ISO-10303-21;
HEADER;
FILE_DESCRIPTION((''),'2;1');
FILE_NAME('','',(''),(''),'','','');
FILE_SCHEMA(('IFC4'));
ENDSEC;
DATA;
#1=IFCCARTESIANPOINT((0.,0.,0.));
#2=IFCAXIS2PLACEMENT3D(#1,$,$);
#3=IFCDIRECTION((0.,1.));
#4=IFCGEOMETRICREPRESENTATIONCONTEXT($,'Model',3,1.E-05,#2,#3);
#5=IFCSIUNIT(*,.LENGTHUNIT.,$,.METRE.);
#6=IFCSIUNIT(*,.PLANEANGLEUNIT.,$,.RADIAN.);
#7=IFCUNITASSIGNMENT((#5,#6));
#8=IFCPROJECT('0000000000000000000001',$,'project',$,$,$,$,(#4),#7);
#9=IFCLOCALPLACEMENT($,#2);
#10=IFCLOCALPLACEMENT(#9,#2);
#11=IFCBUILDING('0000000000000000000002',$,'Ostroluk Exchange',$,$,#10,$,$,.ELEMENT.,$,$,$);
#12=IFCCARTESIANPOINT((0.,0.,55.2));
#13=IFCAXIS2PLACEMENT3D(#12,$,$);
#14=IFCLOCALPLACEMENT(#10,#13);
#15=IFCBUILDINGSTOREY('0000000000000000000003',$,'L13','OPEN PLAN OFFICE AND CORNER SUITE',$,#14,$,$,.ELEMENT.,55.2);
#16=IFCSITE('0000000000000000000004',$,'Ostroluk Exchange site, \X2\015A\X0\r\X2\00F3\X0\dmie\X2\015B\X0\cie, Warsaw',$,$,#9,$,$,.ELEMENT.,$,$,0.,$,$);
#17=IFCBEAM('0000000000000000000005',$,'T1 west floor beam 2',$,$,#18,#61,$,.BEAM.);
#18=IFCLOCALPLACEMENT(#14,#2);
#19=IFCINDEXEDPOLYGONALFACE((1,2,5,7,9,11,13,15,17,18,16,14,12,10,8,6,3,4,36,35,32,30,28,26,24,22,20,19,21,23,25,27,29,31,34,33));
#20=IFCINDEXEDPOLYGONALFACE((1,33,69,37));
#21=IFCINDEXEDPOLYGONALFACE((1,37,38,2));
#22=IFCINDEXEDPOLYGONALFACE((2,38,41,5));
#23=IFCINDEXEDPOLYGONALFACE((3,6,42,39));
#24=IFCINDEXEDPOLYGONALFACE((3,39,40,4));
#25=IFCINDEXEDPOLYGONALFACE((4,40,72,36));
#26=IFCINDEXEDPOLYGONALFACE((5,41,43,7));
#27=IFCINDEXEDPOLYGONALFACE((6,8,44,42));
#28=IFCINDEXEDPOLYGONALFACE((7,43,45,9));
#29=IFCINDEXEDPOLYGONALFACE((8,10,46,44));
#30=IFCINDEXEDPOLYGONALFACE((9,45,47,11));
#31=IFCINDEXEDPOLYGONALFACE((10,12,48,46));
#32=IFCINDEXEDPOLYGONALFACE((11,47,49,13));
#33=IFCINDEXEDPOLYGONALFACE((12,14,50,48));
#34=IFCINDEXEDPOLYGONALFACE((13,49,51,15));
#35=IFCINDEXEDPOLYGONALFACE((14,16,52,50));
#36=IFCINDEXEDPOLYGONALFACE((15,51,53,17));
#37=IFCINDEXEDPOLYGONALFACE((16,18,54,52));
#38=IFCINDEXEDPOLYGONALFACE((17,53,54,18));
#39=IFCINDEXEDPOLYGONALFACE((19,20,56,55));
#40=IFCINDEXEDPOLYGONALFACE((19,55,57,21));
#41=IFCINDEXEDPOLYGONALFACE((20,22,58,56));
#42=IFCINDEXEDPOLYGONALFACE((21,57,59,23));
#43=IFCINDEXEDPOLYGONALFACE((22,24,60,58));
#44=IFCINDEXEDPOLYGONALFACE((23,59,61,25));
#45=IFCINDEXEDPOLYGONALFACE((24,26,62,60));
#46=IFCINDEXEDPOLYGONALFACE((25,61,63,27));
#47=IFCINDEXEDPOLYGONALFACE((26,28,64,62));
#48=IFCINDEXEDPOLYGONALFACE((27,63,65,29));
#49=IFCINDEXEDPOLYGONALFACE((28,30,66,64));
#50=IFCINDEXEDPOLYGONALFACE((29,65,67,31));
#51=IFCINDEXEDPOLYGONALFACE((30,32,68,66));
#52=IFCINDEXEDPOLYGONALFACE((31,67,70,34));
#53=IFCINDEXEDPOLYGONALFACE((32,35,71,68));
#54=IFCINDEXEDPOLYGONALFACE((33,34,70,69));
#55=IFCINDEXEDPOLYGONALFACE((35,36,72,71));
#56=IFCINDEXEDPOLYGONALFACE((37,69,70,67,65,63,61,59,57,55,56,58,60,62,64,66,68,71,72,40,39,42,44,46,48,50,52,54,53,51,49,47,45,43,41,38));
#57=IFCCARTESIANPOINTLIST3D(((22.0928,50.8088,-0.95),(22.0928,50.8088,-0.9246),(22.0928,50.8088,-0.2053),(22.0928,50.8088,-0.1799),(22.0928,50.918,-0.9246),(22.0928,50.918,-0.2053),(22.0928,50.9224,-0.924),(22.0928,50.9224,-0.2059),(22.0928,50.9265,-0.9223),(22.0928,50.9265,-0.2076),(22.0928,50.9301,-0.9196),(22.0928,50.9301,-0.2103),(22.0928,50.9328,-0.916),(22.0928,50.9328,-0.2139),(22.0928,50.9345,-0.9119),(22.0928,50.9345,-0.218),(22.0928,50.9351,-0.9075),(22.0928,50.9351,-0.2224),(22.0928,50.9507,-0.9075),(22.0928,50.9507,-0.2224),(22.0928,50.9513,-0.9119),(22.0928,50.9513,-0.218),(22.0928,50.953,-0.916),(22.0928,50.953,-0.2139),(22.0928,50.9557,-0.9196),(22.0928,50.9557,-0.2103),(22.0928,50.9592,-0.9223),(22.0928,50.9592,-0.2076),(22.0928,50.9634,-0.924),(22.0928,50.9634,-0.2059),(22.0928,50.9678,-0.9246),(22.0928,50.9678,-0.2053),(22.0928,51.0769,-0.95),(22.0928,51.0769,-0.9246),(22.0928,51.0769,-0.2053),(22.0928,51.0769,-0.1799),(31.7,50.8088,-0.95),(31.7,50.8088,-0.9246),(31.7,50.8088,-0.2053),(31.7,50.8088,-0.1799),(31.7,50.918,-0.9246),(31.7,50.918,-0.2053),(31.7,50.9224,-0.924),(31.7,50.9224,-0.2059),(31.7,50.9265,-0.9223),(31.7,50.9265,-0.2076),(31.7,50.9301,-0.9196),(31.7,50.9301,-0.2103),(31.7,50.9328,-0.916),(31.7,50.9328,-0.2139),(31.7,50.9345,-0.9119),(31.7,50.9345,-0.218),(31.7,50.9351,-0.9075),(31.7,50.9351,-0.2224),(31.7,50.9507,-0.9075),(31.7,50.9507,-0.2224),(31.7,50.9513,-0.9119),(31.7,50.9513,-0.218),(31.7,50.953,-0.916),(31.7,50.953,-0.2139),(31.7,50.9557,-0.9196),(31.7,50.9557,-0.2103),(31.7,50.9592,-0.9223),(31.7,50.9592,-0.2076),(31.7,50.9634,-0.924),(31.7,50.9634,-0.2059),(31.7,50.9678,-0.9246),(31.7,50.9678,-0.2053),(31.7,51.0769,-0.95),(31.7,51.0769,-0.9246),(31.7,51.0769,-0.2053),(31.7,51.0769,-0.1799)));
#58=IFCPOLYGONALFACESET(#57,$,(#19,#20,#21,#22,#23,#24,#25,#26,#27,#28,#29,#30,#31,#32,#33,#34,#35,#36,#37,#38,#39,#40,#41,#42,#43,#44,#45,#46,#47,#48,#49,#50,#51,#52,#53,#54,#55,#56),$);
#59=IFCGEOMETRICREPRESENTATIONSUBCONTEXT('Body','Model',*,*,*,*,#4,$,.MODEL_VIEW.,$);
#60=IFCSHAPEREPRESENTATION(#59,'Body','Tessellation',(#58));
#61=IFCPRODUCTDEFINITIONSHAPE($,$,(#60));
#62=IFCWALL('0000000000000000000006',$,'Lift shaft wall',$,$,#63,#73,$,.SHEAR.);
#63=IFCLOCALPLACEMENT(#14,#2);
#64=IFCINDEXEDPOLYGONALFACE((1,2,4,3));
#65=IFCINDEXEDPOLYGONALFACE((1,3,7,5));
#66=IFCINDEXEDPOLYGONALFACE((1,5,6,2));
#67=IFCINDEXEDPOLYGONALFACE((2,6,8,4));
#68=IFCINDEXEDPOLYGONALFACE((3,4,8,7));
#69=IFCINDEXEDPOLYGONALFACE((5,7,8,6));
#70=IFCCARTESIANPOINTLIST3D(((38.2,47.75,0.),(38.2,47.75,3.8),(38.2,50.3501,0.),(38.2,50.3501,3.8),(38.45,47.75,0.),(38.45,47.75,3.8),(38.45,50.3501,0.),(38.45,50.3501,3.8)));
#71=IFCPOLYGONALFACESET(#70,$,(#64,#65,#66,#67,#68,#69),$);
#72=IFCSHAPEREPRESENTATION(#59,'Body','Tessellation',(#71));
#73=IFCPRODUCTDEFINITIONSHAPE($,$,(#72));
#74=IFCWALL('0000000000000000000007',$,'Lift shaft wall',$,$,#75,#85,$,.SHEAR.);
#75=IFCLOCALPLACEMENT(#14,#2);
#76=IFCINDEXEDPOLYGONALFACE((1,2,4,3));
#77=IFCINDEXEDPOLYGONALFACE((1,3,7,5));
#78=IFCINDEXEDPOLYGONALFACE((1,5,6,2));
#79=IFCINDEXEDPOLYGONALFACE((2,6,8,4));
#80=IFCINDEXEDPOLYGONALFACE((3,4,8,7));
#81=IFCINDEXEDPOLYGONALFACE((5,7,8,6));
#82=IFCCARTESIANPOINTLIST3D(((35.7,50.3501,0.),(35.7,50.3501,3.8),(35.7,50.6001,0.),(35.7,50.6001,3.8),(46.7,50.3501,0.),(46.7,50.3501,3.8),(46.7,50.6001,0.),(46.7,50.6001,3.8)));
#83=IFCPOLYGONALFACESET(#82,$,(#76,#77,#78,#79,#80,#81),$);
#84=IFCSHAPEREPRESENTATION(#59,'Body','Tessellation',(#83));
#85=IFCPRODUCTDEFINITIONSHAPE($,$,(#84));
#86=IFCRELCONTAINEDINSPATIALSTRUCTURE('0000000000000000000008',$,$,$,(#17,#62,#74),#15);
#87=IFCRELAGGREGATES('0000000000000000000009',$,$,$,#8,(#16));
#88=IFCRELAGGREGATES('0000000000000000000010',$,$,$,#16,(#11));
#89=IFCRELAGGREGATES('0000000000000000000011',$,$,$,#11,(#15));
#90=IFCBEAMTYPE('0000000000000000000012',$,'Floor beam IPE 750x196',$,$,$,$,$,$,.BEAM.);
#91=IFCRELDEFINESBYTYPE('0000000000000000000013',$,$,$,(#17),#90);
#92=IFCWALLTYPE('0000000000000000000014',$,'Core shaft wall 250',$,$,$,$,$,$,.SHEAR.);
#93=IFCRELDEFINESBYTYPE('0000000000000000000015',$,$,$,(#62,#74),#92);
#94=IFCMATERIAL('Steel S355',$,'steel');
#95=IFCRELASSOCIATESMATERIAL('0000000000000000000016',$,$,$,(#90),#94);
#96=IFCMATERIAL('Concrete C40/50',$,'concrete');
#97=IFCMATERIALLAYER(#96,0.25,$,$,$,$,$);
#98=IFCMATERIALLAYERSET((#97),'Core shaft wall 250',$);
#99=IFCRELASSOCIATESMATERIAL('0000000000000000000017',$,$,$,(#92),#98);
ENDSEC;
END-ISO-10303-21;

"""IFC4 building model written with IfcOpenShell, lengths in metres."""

from ifc_helpers import new_model, si_unit, direction, frame, frame_2d, origin, origin_2d, place, context, subcontext, project, spatial, rectangle, i_section, extrude, material, layer, layer_set, material_profile, profile_set, type_object, element, save


model = new_model("IFC4")

# Units and contexts
model_context = context("Model", 3, precision=1e-05, world=origin(), true_north=direction((0.0, 1.0)))
body_context = subcontext(model_context, "Body", "Model", "MODEL_VIEW")
ifc_project = project(units=[si_unit("LENGTHUNIT", "METRE"), si_unit("PLANEANGLEUNIT", "RADIAN")], contexts=[model_context])

# Site, building, storey
site_placement = place(None, origin())
site = spatial("IfcSite", under=ifc_project, at=site_placement, Name="Ostroluk Exchange site, Śródmieście, Warsaw", CompositionType="ELEMENT", RefElevation=0.0)
building_placement = place(site_placement, origin())
building = spatial("IfcBuilding", under=site, at=building_placement, Name="Ostroluk Exchange", CompositionType="ELEMENT")
storey_placement = place(building_placement, frame((0.0, 0.0, 55.2)))
storey = spatial("IfcBuildingStorey", under=building, at=storey_placement, Name="L13", Description="OPEN PLAN OFFICE AND CORNER SUITE", CompositionType="ELEMENT", Elevation=55.2)

# Beam
ifc_material_1 = material(Name="Steel S355", Category="steel")
ifc_material_profile = material_profile(ifc_material_1, i_section(OverallWidth=0.2681, OverallDepth=0.77, WebThickness=0.0156, FlangeThickness=0.0254, FilletRadius=0.0171, at=origin_2d()), Name="IPE 750x196")
ifc_profile_set = profile_set([ifc_material_profile], Name="Steel S355")
beam_type = type_object("IfcBeamType", Name="Floor beam IPE 750x196", PredefinedType="BEAM", material=ifc_profile_set)
beam_placement = place(storey_placement, frame((31.7, 50.9429, -0.5649), z_axis=(-1.0, 0.0, 0.0), x_axis=(0.0, -1.0, 0.0)))
element("IfcBeam", 1, at=beam_placement, inside=storey, type_object=beam_type, Name="T1 west floor beam 2", PredefinedType="BEAM", context=body_context, shape_type="SweptSolid", body=[
    extrude(i_section(OverallWidth=0.2681, OverallDepth=0.77, WebThickness=0.0156, FlangeThickness=0.0254, FilletRadius=0.0171, at=origin_2d()), origin(), (0.0, 0.0, 1.0), 9.6072),
])

# Walls
ifc_material_2 = material(Name="Concrete C40/50", Category="concrete")
ifc_layer = layer(ifc_material_2, 0.25)
ifc_layer_set = layer_set([ifc_layer], Name="Core shaft wall 250")
wall_type = type_object("IfcWallType", Name="Core shaft wall 250", PredefinedType="SHEAR", material=ifc_layer_set)
wall_1_placement = place(storey_placement, frame((38.325, 47.75, 0.0), z_axis=(0.0, 0.0, 1.0), x_axis=(0.0, 1.0, 0.0)))
element("IfcWall", 2, at=wall_1_placement, inside=storey, type_object=wall_type, Name="Lift shaft wall", PredefinedType="SHEAR", context=body_context, shape_type="SweptSolid", body=[
    extrude(rectangle(XDim=2.6001, YDim=0.25, at=frame_2d((1.3, 0.0))), origin(), (0.0, 0.0, 1.0), 3.8),
])
wall_2_placement = place(storey_placement, frame((35.7, 50.4751, 0.0), z_axis=(0.0, 0.0, 1.0), x_axis=(1.0, 0.0, 0.0)))
element("IfcWall", 3, at=wall_2_placement, inside=storey, type_object=wall_type, Name="Lift shaft wall", PredefinedType="SHEAR", context=body_context, shape_type="SweptSolid", body=[
    extrude(rectangle(XDim=11.0, YDim=0.25, at=frame_2d((5.5, 0.0))), origin(), (0.0, 0.0, 1.0), 3.8),
])

save(model, "model.ifc")
